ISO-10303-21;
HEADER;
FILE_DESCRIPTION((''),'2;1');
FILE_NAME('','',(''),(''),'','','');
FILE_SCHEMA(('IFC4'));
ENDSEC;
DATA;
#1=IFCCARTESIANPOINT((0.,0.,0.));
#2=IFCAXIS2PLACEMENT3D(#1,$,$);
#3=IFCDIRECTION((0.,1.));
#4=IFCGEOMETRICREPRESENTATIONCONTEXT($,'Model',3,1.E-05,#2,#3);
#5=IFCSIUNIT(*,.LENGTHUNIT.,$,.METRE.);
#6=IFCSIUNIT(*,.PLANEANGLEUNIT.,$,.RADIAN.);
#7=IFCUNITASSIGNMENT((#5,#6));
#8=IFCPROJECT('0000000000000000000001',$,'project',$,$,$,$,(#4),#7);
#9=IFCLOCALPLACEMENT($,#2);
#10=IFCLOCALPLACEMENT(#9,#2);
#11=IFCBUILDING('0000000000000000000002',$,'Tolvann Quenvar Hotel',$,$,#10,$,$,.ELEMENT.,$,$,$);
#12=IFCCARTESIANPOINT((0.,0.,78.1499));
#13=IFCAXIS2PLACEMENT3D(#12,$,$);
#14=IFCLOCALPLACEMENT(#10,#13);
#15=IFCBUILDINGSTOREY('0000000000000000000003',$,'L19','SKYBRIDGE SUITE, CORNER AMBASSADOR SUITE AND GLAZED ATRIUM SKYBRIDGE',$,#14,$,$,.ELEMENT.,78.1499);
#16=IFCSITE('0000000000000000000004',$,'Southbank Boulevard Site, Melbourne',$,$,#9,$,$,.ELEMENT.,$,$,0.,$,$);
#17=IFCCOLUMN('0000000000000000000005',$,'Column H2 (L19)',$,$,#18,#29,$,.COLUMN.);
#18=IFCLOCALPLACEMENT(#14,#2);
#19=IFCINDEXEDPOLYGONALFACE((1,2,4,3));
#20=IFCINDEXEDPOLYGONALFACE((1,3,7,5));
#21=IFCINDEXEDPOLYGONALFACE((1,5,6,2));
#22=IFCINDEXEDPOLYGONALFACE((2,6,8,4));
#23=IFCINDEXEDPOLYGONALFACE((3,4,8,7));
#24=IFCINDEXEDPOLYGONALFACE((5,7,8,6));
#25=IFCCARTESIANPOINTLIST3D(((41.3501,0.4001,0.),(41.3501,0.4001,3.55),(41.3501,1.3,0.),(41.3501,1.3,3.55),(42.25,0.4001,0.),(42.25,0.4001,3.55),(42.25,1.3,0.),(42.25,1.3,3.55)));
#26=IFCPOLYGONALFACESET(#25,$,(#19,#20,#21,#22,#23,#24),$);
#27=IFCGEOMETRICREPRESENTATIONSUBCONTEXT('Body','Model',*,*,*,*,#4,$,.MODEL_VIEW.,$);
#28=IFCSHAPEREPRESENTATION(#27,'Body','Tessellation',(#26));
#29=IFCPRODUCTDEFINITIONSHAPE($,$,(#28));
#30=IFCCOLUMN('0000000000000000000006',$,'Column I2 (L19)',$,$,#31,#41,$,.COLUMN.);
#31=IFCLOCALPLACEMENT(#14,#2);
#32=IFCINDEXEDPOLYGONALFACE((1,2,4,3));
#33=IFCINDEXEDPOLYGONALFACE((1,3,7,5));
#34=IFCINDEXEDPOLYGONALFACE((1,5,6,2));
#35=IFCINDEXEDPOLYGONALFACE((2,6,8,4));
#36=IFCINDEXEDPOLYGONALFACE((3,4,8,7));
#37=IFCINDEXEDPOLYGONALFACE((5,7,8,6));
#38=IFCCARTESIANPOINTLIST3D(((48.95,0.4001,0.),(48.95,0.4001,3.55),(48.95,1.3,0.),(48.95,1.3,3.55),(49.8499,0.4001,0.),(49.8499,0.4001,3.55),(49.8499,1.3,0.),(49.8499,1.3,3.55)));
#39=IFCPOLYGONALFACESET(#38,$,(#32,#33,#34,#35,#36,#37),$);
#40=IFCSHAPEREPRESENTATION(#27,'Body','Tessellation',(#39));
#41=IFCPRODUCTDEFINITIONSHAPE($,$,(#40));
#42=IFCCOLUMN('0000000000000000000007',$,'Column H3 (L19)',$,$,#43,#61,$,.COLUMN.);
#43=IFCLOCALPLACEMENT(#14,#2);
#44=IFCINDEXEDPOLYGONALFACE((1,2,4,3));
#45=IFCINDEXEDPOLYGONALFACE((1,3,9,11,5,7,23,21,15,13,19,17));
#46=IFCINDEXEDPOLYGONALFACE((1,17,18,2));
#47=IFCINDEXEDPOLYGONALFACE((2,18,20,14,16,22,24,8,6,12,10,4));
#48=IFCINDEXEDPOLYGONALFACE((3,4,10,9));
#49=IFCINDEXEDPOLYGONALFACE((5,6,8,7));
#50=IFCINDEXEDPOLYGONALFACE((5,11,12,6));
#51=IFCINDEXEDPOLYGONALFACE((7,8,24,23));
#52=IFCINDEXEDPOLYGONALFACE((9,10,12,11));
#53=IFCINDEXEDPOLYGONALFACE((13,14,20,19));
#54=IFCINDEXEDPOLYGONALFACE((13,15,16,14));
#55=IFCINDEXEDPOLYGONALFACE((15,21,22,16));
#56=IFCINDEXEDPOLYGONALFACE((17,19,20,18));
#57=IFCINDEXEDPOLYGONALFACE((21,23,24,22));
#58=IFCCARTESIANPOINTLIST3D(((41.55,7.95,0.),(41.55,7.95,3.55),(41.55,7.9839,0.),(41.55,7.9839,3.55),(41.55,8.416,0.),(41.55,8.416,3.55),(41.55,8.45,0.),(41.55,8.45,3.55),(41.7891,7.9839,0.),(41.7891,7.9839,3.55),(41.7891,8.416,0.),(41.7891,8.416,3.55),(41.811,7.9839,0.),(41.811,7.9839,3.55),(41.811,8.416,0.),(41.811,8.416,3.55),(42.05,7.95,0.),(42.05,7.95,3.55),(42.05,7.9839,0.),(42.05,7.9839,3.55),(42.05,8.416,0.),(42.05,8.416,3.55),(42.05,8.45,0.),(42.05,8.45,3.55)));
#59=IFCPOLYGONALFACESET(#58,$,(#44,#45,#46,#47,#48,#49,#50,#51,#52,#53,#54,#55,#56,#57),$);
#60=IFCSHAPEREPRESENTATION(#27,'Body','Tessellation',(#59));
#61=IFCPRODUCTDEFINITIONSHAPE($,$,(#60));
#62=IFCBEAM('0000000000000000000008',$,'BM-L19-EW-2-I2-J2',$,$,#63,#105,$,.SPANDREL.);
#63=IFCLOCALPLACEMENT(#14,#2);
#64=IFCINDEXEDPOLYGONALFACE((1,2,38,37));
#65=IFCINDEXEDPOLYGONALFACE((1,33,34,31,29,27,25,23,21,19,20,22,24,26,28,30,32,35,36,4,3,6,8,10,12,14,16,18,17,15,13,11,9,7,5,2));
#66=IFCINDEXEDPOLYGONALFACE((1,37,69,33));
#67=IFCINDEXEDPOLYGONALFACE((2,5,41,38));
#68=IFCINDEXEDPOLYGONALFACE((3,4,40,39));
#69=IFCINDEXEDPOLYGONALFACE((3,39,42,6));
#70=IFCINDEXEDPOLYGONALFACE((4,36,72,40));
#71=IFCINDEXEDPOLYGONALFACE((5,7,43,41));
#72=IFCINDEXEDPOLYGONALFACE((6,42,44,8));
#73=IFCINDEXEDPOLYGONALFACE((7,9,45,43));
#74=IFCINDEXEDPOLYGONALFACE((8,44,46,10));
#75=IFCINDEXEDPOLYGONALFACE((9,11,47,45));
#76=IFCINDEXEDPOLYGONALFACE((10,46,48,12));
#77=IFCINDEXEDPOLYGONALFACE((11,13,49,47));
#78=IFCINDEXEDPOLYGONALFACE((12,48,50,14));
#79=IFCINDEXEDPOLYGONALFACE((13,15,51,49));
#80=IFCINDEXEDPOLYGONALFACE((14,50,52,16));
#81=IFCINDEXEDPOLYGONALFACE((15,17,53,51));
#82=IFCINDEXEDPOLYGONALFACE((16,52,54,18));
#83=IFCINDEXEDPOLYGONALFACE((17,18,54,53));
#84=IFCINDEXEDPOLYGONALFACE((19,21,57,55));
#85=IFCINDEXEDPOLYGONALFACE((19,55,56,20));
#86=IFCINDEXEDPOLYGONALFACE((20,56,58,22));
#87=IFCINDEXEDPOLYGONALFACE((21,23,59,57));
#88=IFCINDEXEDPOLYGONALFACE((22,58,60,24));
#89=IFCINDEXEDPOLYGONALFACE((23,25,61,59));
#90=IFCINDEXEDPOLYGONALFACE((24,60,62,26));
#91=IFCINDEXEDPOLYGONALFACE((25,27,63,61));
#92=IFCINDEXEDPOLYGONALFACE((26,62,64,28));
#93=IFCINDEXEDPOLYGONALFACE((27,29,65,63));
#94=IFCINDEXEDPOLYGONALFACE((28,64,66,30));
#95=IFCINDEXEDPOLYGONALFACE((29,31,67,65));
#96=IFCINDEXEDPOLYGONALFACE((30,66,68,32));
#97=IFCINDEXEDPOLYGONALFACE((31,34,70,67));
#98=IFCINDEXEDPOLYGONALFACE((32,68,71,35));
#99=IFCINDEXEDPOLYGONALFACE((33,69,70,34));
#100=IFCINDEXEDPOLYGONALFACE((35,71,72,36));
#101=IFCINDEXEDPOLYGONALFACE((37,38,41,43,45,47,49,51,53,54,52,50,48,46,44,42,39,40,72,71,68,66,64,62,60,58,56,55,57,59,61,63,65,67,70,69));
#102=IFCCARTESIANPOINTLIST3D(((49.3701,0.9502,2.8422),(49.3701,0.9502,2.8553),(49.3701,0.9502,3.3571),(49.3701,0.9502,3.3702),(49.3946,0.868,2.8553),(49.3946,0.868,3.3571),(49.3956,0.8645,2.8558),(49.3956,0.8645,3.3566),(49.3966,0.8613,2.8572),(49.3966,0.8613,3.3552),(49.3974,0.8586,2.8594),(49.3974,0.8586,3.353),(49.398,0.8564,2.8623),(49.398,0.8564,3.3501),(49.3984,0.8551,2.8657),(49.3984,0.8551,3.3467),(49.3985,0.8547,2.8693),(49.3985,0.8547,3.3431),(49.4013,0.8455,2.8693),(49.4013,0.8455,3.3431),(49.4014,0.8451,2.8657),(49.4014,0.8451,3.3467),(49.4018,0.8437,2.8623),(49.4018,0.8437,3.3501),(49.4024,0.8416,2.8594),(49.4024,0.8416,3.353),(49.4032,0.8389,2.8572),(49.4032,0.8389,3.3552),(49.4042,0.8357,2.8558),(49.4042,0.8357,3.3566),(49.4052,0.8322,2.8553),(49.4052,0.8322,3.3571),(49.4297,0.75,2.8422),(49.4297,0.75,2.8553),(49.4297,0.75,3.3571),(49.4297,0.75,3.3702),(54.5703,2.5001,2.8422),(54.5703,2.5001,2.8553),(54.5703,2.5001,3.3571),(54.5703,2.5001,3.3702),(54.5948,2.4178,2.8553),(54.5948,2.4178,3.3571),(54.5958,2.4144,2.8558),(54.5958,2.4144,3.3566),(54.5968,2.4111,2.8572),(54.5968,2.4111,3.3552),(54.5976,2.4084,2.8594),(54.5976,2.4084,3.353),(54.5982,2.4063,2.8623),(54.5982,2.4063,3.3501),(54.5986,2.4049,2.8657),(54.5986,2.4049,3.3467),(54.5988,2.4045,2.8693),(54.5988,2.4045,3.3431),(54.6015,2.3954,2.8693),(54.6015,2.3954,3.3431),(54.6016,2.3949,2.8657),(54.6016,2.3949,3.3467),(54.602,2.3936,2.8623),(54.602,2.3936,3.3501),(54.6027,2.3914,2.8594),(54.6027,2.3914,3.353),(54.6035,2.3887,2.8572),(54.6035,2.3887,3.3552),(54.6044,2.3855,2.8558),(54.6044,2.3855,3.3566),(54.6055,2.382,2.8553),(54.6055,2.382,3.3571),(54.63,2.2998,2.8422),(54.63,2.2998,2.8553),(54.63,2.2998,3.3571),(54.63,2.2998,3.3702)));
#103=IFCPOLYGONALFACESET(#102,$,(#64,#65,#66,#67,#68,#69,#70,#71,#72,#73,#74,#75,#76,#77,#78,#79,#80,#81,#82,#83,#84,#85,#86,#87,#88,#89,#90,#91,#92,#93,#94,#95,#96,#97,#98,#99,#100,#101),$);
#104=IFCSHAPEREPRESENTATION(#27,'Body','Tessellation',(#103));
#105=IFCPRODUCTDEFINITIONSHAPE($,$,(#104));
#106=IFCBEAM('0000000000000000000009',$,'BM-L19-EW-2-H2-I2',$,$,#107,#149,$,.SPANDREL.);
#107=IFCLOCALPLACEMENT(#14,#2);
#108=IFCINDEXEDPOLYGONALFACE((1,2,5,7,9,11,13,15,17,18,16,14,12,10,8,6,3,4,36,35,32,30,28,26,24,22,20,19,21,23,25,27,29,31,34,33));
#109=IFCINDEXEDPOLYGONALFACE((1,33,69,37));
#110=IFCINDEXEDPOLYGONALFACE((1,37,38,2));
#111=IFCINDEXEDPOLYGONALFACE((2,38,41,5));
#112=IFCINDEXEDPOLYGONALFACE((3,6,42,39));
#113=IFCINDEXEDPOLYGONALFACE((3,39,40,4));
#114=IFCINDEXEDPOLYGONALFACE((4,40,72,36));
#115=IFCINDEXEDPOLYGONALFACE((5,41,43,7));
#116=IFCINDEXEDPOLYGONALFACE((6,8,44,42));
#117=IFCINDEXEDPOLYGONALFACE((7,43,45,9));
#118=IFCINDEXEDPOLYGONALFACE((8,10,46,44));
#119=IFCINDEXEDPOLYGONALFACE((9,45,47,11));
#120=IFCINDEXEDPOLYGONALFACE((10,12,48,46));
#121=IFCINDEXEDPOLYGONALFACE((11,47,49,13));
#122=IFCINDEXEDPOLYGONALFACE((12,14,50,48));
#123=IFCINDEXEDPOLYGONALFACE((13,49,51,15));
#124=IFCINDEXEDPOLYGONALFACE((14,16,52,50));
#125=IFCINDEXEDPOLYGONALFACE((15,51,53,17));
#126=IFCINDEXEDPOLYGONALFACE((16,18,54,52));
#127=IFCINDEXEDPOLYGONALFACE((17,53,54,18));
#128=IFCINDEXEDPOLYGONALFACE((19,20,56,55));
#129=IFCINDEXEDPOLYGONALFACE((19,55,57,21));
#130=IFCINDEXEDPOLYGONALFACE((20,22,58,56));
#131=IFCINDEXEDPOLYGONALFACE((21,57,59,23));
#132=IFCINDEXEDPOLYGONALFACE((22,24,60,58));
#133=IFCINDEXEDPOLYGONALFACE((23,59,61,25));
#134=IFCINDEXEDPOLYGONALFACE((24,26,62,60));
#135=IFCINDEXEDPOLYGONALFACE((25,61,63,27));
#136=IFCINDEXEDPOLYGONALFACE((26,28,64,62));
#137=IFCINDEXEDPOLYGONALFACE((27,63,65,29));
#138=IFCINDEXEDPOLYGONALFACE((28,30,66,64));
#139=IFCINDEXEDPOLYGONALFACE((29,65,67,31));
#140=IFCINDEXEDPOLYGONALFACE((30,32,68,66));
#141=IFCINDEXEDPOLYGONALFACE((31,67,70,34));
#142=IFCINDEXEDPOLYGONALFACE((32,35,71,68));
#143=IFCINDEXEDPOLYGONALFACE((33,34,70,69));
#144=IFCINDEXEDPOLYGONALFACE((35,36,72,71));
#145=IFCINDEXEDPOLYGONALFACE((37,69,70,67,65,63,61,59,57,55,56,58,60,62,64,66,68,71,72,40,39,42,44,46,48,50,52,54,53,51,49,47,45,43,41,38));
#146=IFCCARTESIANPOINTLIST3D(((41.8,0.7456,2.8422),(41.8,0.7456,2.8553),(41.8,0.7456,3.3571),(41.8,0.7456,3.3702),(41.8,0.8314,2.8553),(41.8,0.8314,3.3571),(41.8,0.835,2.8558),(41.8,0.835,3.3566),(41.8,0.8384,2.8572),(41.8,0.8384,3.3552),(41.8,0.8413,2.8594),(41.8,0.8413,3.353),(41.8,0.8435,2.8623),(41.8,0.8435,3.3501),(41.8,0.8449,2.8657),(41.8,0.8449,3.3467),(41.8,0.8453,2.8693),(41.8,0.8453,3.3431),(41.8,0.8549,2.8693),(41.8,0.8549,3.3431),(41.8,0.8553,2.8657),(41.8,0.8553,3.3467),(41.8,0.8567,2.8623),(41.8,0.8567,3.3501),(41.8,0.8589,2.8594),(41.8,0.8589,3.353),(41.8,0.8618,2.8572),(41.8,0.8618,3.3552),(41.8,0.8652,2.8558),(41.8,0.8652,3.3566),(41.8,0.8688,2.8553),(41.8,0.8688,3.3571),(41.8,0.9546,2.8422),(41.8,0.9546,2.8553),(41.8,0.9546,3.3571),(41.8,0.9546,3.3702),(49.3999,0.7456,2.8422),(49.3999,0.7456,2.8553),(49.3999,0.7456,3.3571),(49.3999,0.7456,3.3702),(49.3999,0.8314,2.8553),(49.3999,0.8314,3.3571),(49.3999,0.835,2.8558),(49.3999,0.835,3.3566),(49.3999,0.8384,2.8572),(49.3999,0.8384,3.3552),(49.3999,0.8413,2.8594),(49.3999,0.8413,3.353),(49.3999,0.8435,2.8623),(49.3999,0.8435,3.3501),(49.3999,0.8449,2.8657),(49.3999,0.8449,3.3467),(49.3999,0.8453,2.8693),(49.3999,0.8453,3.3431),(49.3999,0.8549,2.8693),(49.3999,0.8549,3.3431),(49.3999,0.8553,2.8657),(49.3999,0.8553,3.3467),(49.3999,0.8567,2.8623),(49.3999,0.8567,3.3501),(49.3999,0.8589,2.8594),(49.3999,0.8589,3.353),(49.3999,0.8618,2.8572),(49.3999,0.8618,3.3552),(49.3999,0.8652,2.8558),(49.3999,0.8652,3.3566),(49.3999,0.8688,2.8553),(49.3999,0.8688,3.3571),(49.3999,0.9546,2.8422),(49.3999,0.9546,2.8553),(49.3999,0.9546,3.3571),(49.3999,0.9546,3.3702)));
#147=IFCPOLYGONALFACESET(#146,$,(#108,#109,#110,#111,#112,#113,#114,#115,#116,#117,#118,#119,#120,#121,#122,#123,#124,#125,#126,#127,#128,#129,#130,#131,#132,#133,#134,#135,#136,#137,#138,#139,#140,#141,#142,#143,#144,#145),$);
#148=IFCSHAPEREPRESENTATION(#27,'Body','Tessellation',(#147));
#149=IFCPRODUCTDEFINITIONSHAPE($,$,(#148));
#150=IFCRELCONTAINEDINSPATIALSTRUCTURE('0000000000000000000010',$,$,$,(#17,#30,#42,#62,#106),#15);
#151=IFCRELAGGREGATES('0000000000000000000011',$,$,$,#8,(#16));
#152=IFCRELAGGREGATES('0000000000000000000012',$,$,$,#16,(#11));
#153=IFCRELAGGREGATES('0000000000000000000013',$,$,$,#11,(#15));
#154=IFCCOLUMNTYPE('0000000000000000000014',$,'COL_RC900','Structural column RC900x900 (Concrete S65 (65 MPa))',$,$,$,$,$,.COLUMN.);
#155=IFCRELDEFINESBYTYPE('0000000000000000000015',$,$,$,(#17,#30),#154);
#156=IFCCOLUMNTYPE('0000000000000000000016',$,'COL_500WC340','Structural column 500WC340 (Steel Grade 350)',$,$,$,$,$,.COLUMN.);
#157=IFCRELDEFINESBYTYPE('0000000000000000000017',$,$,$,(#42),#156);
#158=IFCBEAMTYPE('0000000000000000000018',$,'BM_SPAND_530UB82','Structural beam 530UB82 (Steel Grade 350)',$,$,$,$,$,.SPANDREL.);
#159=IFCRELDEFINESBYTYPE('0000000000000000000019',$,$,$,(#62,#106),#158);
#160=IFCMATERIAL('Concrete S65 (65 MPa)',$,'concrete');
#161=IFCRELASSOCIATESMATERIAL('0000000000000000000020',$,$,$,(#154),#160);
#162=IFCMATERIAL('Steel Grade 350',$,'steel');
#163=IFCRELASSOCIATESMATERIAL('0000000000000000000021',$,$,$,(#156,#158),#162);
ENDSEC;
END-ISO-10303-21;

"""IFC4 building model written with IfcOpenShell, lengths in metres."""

from ifc_helpers import new_model, si_unit, direction, frame, origin, origin_2d, place, context, subcontext, project, spatial, rectangle, i_section, extrude, source, transform, mapped, material, material_profile, profile_set, type_object, type_shapes, element, save


model = new_model("IFC4")

# Units and contexts
model_context = context("Model", 3, precision=1e-05, world=origin(), true_north=direction((0.0, 1.0)))
body_context = subcontext(model_context, "Body", "Model", "MODEL_VIEW")
ifc_project = project(units=[si_unit("LENGTHUNIT", "METRE"), si_unit("PLANEANGLEUNIT", "RADIAN")], contexts=[model_context])

# Site, building, storey
site_placement = place(None, origin())
site = spatial("IfcSite", under=ifc_project, at=site_placement, Name="Southbank Boulevard Site, Melbourne", CompositionType="ELEMENT", RefElevation=0.0)
building_placement = place(site_placement, origin())
building = spatial("IfcBuilding", under=site, at=building_placement, Name="Tolvann Quenvar Hotel", CompositionType="ELEMENT")
storey_placement = place(building_placement, frame((0.0, 0.0, 78.1499)))
storey = spatial("IfcBuildingStorey", under=building, at=storey_placement, Name="L19", Description="SKYBRIDGE SUITE, CORNER AMBASSADOR SUITE AND GLAZED ATRIUM SKYBRIDGE", CompositionType="ELEMENT", Elevation=78.1499)

# Columns
ifc_material_1 = material(Name="Concrete S65 (65 MPa)", Category="concrete")
ifc_material_profile_1 = material_profile(ifc_material_1, rectangle(XDim=0.8999, YDim=0.8999, at=origin_2d()), Name="RC900x900")
ifc_profile_set_1 = profile_set([ifc_material_profile_1], Name="Concrete S65 (65 MPa)")
column_type_1 = type_object("IfcColumnType", Name="COL_RC900", Description="Structural column RC900x900 (Concrete S65 (65 MPa))", PredefinedType="COLUMN", material=ifc_profile_set_1)
shared_shape_1 = source(origin(), body_context, "Body", "SweptSolid", [
    extrude(rectangle(XDim=0.8999, YDim=0.8999, at=origin_2d()), origin(), (0.0, 0.0, 1.0), 3.55),
])
type_shapes(column_type_1, [shared_shape_1])
for number, where, z_axis, x_axis, name in (
    (1, (41.8, 0.8501, 0.0), (0.0, 0.0, 1.0), (1.0, 0.0, 0.0), "Column H2 (L19)"),
    (2, (49.3999, 0.8501, 0.0), (0.0, 0.0, 1.0), (1.0, 0.0, 0.0), "Column I2 (L19)"),
):
    element("IfcColumn", number, at=place(storey_placement, frame(where, z_axis=z_axis, x_axis=x_axis)), inside=storey, type_object=column_type_1, Name=name, PredefinedType="COLUMN", context=body_context, shape_type="MappedRepresentation", body=[
        mapped(shared_shape_1, transform((0.0, 0.0, 0.0), x_axis=(1.0, 0.0, 0.0), y_axis=(0.0, 1.0, 0.0), z_axis=(0.0, 0.0, 1.0), scale=1.0)),
    ])
ifc_material_2 = material(Name="Steel Grade 350", Category="steel")
ifc_material_profile_2 = material_profile(ifc_material_2, i_section(OverallWidth=0.5, OverallDepth=0.5, WebThickness=0.022, FlangeThickness=0.0339, at=origin_2d()), Name="500WC340")
ifc_profile_set_2 = profile_set([ifc_material_profile_2], Name="Steel Grade 350")
column_type_2 = type_object("IfcColumnType", Name="COL_500WC340", Description="Structural column 500WC340 (Steel Grade 350)", PredefinedType="COLUMN", material=ifc_profile_set_2)
shared_shape_2 = source(origin(), body_context, "Body", "SweptSolid", [
    extrude(i_section(OverallWidth=0.5, OverallDepth=0.5, WebThickness=0.022, FlangeThickness=0.0339, at=origin_2d()), origin(), (0.0, 0.0, 1.0), 3.55),
])
type_shapes(column_type_2, [shared_shape_2])
column_placement = place(storey_placement, frame((41.8, 8.2, 0.0), z_axis=(0.0, 0.0, 1.0), x_axis=(1.0, 0.0, 0.0)))
element("IfcColumn", 3, at=column_placement, inside=storey, type_object=column_type_2, Name="Column H3 (L19)", PredefinedType="COLUMN", context=body_context, shape_type="MappedRepresentation", body=[
    mapped(shared_shape_2, transform((0.0, 0.0, 0.0), x_axis=(1.0, 0.0, 0.0), y_axis=(0.0, 1.0, 0.0), z_axis=(0.0, 0.0, 1.0), scale=1.0)),
])

# Beams
ifc_material_profile_3 = material_profile(ifc_material_2, i_section(OverallWidth=0.209, OverallDepth=0.5281, WebThickness=0.0095, FlangeThickness=0.0132, FilletRadius=0.0139, at=origin_2d()), Name="530UB82")
ifc_profile_set_3 = profile_set([ifc_material_profile_3], Name="Steel Grade 350")
beam_type_1 = type_object("IfcBeamType", Name="BM_SPAND_530UB82", Description="Structural beam 530UB82 (Steel Grade 350)", PredefinedType="SPANDREL", material=ifc_profile_set_3)
shared_shape_3 = source(origin(), body_context, "Body", "SweptSolid", [
    extrude(i_section(OverallWidth=0.209, OverallDepth=0.5281, WebThickness=0.0095, FlangeThickness=0.0132, FilletRadius=0.0139, at=origin_2d()), origin(), (0.0, 0.0, 1.0), 5.4263),
])
beam_1_placement = place(storey_placement, frame((49.3999, 0.8501, 3.1062), z_axis=(0.958345, 0.285614, 0.0), x_axis=(-0.285614, 0.958345, 0.0)))
element("IfcBeam", 4, at=beam_1_placement, inside=storey, type_object=beam_type_1, Name="BM-L19-EW-2-I2-J2", PredefinedType="SPANDREL", context=body_context, shape_type="MappedRepresentation", body=[
    mapped(shared_shape_3, transform((0.0, 0.0, 0.0), x_axis=(1.0, 0.0, 0.0), y_axis=(0.0, 1.0, 0.0), z_axis=(0.0, 0.0, 1.0), scale=1.0)),
])
shared_shape_4 = source(origin(), body_context, "Body", "SweptSolid", [
    extrude(i_section(OverallWidth=0.209, OverallDepth=0.5281, WebThickness=0.0095, FlangeThickness=0.0132, FilletRadius=0.0139, at=origin_2d()), origin(), (0.0, 0.0, 1.0), 7.5999),
])
type_shapes(beam_type_1, [shared_shape_3, shared_shape_4])
beam_2_placement = place(storey_placement, frame((41.8, 0.8501, 3.1062), z_axis=(1.0, 0.0, 0.0), x_axis=(0.0, 1.0, 0.0)))
element("IfcBeam", 5, at=beam_2_placement, inside=storey, type_object=beam_type_1, Name="BM-L19-EW-2-H2-I2", PredefinedType="SPANDREL", context=body_context, shape_type="MappedRepresentation", body=[
    mapped(shared_shape_4, transform((0.0, 0.0, 0.0), x_axis=(1.0, 0.0, 0.0), y_axis=(0.0, 1.0, 0.0), z_axis=(0.0, 0.0, 1.0), scale=1.0)),
])

save(model, "model.ifc")
